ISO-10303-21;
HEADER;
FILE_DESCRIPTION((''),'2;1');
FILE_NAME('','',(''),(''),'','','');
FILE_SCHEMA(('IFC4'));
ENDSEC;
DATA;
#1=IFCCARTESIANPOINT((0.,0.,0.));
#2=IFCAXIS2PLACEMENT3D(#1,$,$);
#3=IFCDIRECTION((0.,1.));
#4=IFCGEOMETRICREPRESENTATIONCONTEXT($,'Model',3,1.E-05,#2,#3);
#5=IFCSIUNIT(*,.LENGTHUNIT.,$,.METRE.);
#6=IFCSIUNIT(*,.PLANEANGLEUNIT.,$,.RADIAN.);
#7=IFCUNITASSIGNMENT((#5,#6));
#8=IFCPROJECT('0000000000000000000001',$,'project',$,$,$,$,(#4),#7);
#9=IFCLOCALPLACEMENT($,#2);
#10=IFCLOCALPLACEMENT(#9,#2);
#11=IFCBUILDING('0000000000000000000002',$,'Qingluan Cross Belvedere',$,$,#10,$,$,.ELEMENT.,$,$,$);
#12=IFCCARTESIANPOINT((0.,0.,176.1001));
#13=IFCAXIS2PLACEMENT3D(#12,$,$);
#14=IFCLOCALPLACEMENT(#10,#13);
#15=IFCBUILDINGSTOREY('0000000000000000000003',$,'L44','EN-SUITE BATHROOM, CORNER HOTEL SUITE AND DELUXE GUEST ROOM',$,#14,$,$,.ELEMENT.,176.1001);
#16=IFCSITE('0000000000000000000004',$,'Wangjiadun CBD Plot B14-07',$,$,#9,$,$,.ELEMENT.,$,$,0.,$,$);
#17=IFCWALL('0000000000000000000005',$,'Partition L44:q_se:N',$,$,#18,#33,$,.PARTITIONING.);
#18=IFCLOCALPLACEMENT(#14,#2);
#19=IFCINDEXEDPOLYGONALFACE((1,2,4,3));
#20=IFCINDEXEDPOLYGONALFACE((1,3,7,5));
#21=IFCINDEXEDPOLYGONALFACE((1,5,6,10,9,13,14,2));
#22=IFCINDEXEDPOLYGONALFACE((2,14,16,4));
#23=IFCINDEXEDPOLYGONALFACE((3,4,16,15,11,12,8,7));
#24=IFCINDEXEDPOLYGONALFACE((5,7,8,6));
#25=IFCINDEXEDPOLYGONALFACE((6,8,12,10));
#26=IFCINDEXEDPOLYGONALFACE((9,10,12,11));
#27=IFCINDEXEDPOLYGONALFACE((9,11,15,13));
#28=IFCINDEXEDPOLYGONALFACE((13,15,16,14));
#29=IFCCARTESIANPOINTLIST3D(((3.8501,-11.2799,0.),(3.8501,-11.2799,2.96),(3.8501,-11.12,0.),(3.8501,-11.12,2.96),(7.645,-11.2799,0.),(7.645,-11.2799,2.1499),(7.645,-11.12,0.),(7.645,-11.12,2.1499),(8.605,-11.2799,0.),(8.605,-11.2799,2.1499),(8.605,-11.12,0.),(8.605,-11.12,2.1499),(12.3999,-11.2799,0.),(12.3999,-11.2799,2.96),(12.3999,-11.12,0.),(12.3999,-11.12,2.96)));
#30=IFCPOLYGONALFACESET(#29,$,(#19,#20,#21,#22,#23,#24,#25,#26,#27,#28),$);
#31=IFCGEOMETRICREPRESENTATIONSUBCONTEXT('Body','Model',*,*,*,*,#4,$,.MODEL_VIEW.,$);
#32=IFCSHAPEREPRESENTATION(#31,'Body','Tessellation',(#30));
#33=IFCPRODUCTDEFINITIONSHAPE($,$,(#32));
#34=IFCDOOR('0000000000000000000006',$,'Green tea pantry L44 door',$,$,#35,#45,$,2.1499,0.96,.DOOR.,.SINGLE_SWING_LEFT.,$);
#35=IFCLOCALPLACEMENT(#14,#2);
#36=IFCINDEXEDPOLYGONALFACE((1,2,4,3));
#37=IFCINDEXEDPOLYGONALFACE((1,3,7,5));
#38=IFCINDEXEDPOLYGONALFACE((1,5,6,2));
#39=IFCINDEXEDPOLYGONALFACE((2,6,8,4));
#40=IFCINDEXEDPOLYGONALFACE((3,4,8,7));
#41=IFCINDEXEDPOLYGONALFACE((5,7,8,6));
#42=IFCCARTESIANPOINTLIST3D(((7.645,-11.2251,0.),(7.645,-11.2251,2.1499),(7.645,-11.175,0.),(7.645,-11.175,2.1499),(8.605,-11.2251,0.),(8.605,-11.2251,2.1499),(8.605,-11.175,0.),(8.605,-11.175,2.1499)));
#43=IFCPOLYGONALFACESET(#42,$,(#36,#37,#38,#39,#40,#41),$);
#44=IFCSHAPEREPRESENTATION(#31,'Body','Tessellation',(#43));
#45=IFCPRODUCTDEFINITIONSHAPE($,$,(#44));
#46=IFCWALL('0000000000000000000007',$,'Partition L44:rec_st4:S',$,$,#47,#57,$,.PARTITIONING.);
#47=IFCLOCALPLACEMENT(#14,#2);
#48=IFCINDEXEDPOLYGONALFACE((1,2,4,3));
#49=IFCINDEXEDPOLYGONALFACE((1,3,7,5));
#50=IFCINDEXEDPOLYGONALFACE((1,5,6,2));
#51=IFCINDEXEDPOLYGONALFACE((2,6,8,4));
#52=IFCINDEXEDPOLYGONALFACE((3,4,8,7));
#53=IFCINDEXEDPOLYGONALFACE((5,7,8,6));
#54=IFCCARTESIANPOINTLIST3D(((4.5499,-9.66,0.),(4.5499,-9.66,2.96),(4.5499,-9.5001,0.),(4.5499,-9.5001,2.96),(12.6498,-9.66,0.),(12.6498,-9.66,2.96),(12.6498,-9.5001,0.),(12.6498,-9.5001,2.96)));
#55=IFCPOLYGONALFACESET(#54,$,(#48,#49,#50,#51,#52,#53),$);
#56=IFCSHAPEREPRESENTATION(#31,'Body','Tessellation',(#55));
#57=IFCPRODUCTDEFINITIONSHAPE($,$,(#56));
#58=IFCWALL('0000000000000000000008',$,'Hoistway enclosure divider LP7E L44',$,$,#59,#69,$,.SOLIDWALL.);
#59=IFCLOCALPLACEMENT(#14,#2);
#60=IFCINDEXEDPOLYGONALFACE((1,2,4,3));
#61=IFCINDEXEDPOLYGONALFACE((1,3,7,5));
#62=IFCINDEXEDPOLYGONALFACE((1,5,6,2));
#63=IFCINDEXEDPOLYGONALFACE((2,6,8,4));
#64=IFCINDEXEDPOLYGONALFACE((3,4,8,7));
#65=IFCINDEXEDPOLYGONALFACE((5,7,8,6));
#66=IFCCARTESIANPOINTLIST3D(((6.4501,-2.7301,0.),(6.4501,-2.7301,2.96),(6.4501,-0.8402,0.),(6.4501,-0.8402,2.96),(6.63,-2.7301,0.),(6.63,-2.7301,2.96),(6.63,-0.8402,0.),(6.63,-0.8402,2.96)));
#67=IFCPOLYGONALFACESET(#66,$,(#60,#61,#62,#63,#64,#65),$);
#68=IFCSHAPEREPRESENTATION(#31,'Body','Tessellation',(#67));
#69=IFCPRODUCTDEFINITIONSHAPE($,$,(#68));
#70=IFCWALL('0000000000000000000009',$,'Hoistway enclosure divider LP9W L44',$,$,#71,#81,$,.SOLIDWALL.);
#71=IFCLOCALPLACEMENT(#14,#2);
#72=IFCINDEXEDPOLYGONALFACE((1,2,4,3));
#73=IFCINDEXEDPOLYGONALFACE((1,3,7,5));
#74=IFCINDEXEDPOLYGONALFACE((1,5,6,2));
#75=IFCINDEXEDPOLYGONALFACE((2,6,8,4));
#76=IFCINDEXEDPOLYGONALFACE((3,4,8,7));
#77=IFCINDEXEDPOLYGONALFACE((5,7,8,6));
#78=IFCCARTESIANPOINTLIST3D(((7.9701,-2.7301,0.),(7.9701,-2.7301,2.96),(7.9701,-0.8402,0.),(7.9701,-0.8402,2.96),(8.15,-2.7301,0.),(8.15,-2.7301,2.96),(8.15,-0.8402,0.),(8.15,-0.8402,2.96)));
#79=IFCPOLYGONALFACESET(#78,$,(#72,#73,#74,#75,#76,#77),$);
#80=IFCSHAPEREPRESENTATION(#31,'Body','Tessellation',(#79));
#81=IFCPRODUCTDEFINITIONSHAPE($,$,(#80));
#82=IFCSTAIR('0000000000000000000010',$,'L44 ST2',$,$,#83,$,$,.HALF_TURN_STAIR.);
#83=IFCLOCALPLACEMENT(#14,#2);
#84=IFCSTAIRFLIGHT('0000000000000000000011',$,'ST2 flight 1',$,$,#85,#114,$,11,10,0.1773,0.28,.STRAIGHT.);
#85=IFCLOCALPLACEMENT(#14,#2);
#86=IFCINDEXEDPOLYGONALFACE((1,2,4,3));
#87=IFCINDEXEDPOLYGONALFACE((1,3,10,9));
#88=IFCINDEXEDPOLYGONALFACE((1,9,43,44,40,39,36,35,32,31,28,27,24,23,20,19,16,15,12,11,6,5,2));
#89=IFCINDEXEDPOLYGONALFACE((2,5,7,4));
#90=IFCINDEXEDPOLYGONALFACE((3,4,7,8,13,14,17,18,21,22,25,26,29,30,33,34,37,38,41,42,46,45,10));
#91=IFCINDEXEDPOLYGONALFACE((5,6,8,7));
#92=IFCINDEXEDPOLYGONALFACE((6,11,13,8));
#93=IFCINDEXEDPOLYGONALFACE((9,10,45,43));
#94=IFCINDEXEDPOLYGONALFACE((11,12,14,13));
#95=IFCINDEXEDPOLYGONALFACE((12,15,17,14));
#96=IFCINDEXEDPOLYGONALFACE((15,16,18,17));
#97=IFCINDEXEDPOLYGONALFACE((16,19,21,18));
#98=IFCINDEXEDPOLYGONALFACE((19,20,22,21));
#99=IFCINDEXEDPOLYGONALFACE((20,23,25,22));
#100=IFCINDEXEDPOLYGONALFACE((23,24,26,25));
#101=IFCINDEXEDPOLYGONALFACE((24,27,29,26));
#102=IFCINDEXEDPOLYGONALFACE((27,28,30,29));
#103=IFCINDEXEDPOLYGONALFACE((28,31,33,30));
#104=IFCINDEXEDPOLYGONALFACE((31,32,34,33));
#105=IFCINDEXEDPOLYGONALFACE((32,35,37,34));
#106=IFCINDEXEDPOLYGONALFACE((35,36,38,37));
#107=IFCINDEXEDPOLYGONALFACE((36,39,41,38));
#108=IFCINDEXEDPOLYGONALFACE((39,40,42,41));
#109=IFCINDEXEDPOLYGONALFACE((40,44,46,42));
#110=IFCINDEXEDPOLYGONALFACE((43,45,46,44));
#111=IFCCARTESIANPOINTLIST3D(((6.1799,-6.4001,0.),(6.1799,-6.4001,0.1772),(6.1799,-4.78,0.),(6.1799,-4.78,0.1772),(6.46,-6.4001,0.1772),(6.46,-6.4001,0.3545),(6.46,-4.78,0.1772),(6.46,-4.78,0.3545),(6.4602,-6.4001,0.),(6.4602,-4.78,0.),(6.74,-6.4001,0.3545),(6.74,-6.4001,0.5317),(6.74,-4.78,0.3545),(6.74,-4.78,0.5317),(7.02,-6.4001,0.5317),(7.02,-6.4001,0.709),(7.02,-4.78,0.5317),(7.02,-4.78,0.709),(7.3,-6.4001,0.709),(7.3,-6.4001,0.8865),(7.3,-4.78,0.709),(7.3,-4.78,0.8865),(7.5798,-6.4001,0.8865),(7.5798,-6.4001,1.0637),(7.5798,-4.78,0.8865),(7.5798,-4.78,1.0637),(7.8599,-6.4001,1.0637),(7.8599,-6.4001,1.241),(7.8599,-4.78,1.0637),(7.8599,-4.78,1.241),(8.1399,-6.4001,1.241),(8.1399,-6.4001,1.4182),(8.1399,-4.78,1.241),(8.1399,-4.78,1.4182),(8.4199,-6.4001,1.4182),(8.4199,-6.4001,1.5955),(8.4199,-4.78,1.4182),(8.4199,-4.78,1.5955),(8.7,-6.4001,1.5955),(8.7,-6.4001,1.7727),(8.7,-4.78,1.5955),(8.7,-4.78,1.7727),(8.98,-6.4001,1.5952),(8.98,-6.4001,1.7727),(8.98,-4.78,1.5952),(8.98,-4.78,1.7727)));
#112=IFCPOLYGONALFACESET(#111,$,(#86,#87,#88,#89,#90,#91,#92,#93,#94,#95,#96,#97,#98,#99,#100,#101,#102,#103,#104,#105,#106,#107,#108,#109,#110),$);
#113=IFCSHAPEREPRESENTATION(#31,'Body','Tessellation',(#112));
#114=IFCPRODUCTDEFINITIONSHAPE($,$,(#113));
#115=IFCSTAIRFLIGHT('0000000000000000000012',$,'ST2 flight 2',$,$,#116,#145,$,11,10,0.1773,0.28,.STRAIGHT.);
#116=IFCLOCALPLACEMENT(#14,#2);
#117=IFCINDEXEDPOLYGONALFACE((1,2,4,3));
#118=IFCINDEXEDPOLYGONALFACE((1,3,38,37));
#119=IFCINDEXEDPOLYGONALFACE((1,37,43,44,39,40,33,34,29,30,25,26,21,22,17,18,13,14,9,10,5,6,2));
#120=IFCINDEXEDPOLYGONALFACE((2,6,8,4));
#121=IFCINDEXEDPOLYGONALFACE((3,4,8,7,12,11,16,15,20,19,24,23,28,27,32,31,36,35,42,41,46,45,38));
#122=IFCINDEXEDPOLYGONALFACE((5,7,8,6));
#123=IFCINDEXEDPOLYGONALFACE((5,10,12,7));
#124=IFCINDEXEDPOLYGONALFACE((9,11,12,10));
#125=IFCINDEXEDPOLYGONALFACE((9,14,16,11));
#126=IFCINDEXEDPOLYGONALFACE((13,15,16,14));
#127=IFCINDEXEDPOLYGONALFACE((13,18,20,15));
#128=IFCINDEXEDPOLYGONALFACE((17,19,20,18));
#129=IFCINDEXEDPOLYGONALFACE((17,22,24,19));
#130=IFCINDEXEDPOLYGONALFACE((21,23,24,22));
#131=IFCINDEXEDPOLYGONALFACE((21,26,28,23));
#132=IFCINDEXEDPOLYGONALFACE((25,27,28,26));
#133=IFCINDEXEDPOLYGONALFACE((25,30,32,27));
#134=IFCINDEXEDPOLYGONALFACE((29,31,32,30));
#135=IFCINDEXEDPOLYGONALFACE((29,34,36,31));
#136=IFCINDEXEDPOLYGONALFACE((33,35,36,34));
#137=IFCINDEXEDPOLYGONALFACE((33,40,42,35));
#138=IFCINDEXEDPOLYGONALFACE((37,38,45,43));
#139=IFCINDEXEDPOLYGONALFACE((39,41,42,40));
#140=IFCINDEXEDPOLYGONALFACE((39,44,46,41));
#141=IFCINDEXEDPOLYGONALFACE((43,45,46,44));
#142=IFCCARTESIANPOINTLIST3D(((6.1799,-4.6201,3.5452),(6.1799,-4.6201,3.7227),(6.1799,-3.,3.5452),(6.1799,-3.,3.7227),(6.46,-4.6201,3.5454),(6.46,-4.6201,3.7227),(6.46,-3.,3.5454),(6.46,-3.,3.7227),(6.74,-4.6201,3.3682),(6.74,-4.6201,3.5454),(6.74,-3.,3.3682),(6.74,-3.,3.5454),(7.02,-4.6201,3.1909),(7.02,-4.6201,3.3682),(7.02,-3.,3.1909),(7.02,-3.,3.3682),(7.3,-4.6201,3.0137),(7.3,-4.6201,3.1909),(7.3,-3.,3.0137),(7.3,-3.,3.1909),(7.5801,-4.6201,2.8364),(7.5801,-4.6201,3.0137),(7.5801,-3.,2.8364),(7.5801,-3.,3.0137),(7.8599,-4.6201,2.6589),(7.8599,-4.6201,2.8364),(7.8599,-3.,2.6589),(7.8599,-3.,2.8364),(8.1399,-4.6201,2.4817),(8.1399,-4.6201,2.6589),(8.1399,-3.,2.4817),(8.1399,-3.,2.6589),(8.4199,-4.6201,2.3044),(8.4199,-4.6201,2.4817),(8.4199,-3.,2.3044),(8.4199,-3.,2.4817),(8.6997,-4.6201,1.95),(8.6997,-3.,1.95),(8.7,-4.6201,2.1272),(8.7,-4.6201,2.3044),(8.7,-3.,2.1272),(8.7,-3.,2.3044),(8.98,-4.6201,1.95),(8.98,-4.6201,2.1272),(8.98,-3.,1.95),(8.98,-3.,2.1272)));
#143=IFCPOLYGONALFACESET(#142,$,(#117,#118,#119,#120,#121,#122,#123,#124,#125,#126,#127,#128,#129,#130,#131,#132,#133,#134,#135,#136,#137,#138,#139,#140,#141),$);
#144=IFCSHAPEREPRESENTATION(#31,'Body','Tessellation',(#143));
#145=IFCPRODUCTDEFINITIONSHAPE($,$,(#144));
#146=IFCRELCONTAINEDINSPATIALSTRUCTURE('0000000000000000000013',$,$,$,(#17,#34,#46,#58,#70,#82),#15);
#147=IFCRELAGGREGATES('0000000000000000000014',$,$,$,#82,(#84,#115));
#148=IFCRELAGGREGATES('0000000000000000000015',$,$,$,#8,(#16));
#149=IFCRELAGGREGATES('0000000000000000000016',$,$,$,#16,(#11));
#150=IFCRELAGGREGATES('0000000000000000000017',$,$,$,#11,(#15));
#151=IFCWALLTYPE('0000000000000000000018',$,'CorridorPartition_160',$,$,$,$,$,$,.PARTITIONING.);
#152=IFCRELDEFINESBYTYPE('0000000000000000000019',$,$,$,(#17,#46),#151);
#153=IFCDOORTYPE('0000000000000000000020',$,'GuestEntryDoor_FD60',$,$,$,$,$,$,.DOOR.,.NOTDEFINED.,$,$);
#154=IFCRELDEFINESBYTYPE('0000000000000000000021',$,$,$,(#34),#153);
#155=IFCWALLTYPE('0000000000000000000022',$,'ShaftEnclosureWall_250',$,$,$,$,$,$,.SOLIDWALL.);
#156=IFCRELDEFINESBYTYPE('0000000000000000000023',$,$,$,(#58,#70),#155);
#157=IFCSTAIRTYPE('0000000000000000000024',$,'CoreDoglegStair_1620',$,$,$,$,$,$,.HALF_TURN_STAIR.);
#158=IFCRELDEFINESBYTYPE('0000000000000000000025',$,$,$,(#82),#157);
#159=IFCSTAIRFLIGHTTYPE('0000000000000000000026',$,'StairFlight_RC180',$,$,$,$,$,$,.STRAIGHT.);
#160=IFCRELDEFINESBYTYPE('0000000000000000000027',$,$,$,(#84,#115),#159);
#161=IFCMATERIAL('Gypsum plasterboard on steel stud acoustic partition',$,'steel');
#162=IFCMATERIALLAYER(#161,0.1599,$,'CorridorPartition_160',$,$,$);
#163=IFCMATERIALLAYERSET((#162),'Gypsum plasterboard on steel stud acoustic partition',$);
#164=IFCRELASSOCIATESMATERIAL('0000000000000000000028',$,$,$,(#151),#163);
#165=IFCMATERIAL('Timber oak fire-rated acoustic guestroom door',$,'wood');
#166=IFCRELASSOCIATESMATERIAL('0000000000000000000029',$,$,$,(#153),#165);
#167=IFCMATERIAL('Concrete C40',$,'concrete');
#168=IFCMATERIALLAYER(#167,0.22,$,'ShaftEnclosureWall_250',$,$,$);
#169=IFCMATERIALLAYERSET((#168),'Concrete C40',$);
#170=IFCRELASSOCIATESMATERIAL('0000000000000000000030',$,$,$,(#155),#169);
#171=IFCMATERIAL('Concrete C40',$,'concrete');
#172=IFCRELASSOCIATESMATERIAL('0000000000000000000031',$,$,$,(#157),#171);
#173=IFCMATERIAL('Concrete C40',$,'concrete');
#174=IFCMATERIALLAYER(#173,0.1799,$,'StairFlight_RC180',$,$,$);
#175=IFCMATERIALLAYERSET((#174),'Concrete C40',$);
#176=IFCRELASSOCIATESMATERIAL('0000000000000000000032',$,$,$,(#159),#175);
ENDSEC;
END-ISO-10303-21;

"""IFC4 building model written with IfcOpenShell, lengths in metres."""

from ifc_helpers import new_model, si_unit, direction, frame, frame_2d, origin, place, context, subcontext, project, spatial, polyline, rectangle, outline, extrude, material, layer, layer_set, type_object, element, fill, aggregate, save


model = new_model("IFC4")

# Units and contexts
model_context = context("Model", 3, precision=1e-05, world=origin(), true_north=direction((0.0, 1.0)))
body_context = subcontext(model_context, "Body", "Model", "MODEL_VIEW")
ifc_project = project(units=[si_unit("LENGTHUNIT", "METRE"), si_unit("PLANEANGLEUNIT", "RADIAN")], contexts=[model_context])

# Site, building, storey
site_placement = place(None, origin())
site = spatial("IfcSite", under=ifc_project, at=site_placement, Name="Wangjiadun CBD Plot B14-07", CompositionType="ELEMENT", RefElevation=0.0)
building_placement = place(site_placement, origin())
building = spatial("IfcBuilding", under=site, at=building_placement, Name="Qingluan Cross Belvedere", CompositionType="ELEMENT")
storey_placement = place(building_placement, frame((0.0, 0.0, 176.1001)))
storey = spatial("IfcBuildingStorey", under=building, at=storey_placement, Name="L44", Description="EN-SUITE BATHROOM, CORNER HOTEL SUITE AND DELUXE GUEST ROOM", CompositionType="ELEMENT", Elevation=176.1001)

# Wall, opening, door
ifc_material_1 = material(Name="Gypsum plasterboard on steel stud acoustic partition", Category="steel")
ifc_layer_1 = layer(ifc_material_1, 0.1599, Name="CorridorPartition_160")
ifc_layer_set_1 = layer_set([ifc_layer_1], Name="Gypsum plasterboard on steel stud acoustic partition")
wall_type_1 = type_object("IfcWallType", Name="CorridorPartition_160", PredefinedType="PARTITIONING", material=ifc_layer_set_1)
wall_1_placement = place(storey_placement, frame((3.8501, -11.2, 0.0), z_axis=(0.0, 0.0, 1.0), x_axis=(1.0, 0.0, 0.0)))
wall_1 = element("IfcWall", 1, at=wall_1_placement, inside=storey, type_object=wall_type_1, Name="Partition L44:q_se:N", PredefinedType="PARTITIONING", context=body_context, shape_type="SweptSolid", body=[
    extrude(rectangle(XDim=8.5498, YDim=0.1599, at=frame_2d((4.2749, 0.0))), origin(), (0.0, 0.0, 1.0), 2.96),
])
opening_1_placement = place(wall_1_placement, frame((3.7949, 0.0, 0.0)))
opening_1 = element("IfcOpeningElement", 2, at=opening_1_placement, cuts=wall_1, PredefinedType="OPENING", context=body_context, shape_type="SweptSolid", body=[
    extrude(rectangle(XDim=0.96, YDim=2.1499, at=frame_2d((0.48, 1.075))), frame((0.0, 0.0898, 0.0), z_axis=(0.0, -1.0, 0.0), x_axis=(1.0, 0.0, 0.0)), (0.0, 0.0, 1.0), 0.1799),
])
ifc_material_2 = material(Name="Timber oak fire-rated acoustic guestroom door", Category="wood")
door_type_1 = type_object("IfcDoorType", Name="GuestEntryDoor_FD60", OperationType="NOTDEFINED", PredefinedType="DOOR", material=ifc_material_2)
door_1_placement = place(opening_1_placement, origin())
door_1 = element("IfcDoor", 3, at=door_1_placement, inside=storey, type_object=door_type_1, Name="Green tea pantry L44 door", OperationType="SINGLE_SWING_LEFT", OverallHeight=2.1499, OverallWidth=0.96, PredefinedType="DOOR", context=body_context, shape_type="SweptSolid", body=[
    extrude(rectangle(XDim=0.96, YDim=2.1499, at=frame_2d((0.48, 1.075))), frame((0.0, 0.0249, 0.0), z_axis=(0.0, -1.0, 0.0), x_axis=(1.0, 0.0, 0.0)), (0.0, 0.0, 1.0), 0.05),
])
fill(opening_1, door_1)

# Wall
wall_2_placement = place(storey_placement, frame((4.55, -9.5801, 0.0), z_axis=(0.0, 0.0, 1.0), x_axis=(1.0, 0.0, 0.0)))
element("IfcWall", 4, at=wall_2_placement, inside=storey, type_object=wall_type_1, Name="Partition L44:rec_st4:S", PredefinedType="PARTITIONING", context=body_context, shape_type="SweptSolid", body=[
    extrude(rectangle(XDim=8.0999, YDim=0.1599, at=frame_2d((4.0498, 0.0))), origin(), (0.0, 0.0, 1.0), 2.96),
])

# Walls
ifc_material_3 = material(Name="Concrete C40", Category="concrete")
ifc_layer_2 = layer(ifc_material_3, 0.22, Name="ShaftEnclosureWall_250")
ifc_layer_set_2 = layer_set([ifc_layer_2], Name="Concrete C40")
wall_type_2 = type_object("IfcWallType", Name="ShaftEnclosureWall_250", PredefinedType="SOLIDWALL", material=ifc_layer_set_2)
for number, where, z_axis, x_axis, name in (
    (5, (6.54, -2.73, 0.0), (0.0, 0.0, 1.0), (0.0, 1.0, 0.0), "Hoistway enclosure divider LP7E L44"),
    (6, (8.0601, -2.73, 0.0), (0.0, 0.0, 1.0), (0.0, 1.0, 0.0), "Hoistway enclosure divider LP9W L44"),
):
    element("IfcWall", number, at=place(storey_placement, frame(where, z_axis=z_axis, x_axis=x_axis)), inside=storey, type_object=wall_type_2, Name=name, PredefinedType="SOLIDWALL", context=body_context, shape_type="SweptSolid", body=[
        extrude(rectangle(XDim=1.8899, YDim=0.1799, at=frame_2d((0.9448, 0.0))), origin(), (0.0, 0.0, 1.0), 2.96),
    ])

# Stair, stair flights
ifc_material_4 = material(Name="Concrete C40", Category="concrete")
stair_type = type_object("IfcStairType", Name="CoreDoglegStair_1620", PredefinedType="HALF_TURN_STAIR", material=ifc_material_4)
stair_placement = place(storey_placement, origin())
stair = element("IfcStair", 7, at=stair_placement, inside=storey, type_object=stair_type, Name="L44 ST2", PredefinedType="HALF_TURN_STAIR")
ifc_material_5 = material(Name="Concrete C40", Category="concrete")
ifc_layer_3 = layer(ifc_material_5, 0.1799, Name="StairFlight_RC180")
ifc_layer_set_3 = layer_set([ifc_layer_3], Name="Concrete C40")
stair_flight_type = type_object("IfcStairFlightType", Name="StairFlight_RC180", PredefinedType="STRAIGHT", material=ifc_layer_set_3)
stair_flight_1_placement = place(storey_placement, frame((6.1799, -5.5901, 0.0), z_axis=(0.0, 0.0, 1.0), x_axis=(1.0, 0.0, 0.0)))
stair_flight_1 = element("IfcStairFlight", 8, at=stair_flight_1_placement, type_object=stair_flight_type, Name="ST2 flight 1", NumberOfRisers=11, NumberOfTreads=10, PredefinedType="STRAIGHT", RiserHeight=0.1773, TreadLength=0.28, context=body_context, shape_type="SweptSolid", body=[
    extrude(outline(polyline([(0.0, 0.0), (0.0, 0.1772), (0.28, 0.1772), (0.28, 0.3545), (0.5601, 0.3545), (0.5601, 0.5317), (0.8401, 0.5317), (0.8401, 0.709), (1.1201, 0.709), (1.1201, 0.8865), (1.3999, 0.8865), (1.3999, 1.0637), (1.6799, 1.0637), (1.6799, 1.241), (1.96, 1.241), (1.96, 1.4182), (2.24, 1.4182), (2.24, 1.5955), (2.52, 1.5955), (2.52, 1.7727), (2.8, 1.7727), (2.8, 1.95), (2.8, 1.5952), (0.2803, 0.0), (0.0, 0.0)])), frame((0.0, 0.8101, 0.0), z_axis=(0.0, -1.0, 0.0), x_axis=(1.0, 0.0, 0.0)), (0.0, 0.0, 1.0), 1.6201),
])
stair_flight_2_placement = place(storey_placement, frame((8.98, -3.8101, 1.95), z_axis=(0.0, 0.0, 1.0), x_axis=(-1.0, 0.0, 0.0)))
stair_flight_2 = element("IfcStairFlight", 9, at=stair_flight_2_placement, type_object=stair_flight_type, Name="ST2 flight 2", NumberOfRisers=11, NumberOfTreads=10, PredefinedType="STRAIGHT", RiserHeight=0.1773, TreadLength=0.28, context=body_context, shape_type="SweptSolid", body=[
    extrude(outline(polyline([(0.0, 0.0), (0.0, 0.1772), (0.28, 0.1772), (0.28, 0.3545), (0.5601, 0.3545), (0.5601, 0.5317), (0.8401, 0.5317), (0.8401, 0.709), (1.1201, 0.709), (1.1201, 0.8865), (1.3999, 0.8865), (1.3999, 1.0637), (1.6799, 1.0637), (1.6799, 1.241), (1.96, 1.241), (1.96, 1.4182), (2.24, 1.4182), (2.24, 1.5955), (2.52, 1.5955), (2.52, 1.7727), (2.8, 1.7727), (2.8, 1.95), (2.8, 1.5952), (0.2803, 0.0), (0.0, 0.0)])), frame((0.0, 0.8101, 0.0), z_axis=(0.0, -1.0, 0.0), x_axis=(1.0, 0.0, 0.0)), (0.0, 0.0, 1.0), 1.6201),
])
aggregate(stair, [stair_flight_1, stair_flight_2])

save(model, "model.ifc")
